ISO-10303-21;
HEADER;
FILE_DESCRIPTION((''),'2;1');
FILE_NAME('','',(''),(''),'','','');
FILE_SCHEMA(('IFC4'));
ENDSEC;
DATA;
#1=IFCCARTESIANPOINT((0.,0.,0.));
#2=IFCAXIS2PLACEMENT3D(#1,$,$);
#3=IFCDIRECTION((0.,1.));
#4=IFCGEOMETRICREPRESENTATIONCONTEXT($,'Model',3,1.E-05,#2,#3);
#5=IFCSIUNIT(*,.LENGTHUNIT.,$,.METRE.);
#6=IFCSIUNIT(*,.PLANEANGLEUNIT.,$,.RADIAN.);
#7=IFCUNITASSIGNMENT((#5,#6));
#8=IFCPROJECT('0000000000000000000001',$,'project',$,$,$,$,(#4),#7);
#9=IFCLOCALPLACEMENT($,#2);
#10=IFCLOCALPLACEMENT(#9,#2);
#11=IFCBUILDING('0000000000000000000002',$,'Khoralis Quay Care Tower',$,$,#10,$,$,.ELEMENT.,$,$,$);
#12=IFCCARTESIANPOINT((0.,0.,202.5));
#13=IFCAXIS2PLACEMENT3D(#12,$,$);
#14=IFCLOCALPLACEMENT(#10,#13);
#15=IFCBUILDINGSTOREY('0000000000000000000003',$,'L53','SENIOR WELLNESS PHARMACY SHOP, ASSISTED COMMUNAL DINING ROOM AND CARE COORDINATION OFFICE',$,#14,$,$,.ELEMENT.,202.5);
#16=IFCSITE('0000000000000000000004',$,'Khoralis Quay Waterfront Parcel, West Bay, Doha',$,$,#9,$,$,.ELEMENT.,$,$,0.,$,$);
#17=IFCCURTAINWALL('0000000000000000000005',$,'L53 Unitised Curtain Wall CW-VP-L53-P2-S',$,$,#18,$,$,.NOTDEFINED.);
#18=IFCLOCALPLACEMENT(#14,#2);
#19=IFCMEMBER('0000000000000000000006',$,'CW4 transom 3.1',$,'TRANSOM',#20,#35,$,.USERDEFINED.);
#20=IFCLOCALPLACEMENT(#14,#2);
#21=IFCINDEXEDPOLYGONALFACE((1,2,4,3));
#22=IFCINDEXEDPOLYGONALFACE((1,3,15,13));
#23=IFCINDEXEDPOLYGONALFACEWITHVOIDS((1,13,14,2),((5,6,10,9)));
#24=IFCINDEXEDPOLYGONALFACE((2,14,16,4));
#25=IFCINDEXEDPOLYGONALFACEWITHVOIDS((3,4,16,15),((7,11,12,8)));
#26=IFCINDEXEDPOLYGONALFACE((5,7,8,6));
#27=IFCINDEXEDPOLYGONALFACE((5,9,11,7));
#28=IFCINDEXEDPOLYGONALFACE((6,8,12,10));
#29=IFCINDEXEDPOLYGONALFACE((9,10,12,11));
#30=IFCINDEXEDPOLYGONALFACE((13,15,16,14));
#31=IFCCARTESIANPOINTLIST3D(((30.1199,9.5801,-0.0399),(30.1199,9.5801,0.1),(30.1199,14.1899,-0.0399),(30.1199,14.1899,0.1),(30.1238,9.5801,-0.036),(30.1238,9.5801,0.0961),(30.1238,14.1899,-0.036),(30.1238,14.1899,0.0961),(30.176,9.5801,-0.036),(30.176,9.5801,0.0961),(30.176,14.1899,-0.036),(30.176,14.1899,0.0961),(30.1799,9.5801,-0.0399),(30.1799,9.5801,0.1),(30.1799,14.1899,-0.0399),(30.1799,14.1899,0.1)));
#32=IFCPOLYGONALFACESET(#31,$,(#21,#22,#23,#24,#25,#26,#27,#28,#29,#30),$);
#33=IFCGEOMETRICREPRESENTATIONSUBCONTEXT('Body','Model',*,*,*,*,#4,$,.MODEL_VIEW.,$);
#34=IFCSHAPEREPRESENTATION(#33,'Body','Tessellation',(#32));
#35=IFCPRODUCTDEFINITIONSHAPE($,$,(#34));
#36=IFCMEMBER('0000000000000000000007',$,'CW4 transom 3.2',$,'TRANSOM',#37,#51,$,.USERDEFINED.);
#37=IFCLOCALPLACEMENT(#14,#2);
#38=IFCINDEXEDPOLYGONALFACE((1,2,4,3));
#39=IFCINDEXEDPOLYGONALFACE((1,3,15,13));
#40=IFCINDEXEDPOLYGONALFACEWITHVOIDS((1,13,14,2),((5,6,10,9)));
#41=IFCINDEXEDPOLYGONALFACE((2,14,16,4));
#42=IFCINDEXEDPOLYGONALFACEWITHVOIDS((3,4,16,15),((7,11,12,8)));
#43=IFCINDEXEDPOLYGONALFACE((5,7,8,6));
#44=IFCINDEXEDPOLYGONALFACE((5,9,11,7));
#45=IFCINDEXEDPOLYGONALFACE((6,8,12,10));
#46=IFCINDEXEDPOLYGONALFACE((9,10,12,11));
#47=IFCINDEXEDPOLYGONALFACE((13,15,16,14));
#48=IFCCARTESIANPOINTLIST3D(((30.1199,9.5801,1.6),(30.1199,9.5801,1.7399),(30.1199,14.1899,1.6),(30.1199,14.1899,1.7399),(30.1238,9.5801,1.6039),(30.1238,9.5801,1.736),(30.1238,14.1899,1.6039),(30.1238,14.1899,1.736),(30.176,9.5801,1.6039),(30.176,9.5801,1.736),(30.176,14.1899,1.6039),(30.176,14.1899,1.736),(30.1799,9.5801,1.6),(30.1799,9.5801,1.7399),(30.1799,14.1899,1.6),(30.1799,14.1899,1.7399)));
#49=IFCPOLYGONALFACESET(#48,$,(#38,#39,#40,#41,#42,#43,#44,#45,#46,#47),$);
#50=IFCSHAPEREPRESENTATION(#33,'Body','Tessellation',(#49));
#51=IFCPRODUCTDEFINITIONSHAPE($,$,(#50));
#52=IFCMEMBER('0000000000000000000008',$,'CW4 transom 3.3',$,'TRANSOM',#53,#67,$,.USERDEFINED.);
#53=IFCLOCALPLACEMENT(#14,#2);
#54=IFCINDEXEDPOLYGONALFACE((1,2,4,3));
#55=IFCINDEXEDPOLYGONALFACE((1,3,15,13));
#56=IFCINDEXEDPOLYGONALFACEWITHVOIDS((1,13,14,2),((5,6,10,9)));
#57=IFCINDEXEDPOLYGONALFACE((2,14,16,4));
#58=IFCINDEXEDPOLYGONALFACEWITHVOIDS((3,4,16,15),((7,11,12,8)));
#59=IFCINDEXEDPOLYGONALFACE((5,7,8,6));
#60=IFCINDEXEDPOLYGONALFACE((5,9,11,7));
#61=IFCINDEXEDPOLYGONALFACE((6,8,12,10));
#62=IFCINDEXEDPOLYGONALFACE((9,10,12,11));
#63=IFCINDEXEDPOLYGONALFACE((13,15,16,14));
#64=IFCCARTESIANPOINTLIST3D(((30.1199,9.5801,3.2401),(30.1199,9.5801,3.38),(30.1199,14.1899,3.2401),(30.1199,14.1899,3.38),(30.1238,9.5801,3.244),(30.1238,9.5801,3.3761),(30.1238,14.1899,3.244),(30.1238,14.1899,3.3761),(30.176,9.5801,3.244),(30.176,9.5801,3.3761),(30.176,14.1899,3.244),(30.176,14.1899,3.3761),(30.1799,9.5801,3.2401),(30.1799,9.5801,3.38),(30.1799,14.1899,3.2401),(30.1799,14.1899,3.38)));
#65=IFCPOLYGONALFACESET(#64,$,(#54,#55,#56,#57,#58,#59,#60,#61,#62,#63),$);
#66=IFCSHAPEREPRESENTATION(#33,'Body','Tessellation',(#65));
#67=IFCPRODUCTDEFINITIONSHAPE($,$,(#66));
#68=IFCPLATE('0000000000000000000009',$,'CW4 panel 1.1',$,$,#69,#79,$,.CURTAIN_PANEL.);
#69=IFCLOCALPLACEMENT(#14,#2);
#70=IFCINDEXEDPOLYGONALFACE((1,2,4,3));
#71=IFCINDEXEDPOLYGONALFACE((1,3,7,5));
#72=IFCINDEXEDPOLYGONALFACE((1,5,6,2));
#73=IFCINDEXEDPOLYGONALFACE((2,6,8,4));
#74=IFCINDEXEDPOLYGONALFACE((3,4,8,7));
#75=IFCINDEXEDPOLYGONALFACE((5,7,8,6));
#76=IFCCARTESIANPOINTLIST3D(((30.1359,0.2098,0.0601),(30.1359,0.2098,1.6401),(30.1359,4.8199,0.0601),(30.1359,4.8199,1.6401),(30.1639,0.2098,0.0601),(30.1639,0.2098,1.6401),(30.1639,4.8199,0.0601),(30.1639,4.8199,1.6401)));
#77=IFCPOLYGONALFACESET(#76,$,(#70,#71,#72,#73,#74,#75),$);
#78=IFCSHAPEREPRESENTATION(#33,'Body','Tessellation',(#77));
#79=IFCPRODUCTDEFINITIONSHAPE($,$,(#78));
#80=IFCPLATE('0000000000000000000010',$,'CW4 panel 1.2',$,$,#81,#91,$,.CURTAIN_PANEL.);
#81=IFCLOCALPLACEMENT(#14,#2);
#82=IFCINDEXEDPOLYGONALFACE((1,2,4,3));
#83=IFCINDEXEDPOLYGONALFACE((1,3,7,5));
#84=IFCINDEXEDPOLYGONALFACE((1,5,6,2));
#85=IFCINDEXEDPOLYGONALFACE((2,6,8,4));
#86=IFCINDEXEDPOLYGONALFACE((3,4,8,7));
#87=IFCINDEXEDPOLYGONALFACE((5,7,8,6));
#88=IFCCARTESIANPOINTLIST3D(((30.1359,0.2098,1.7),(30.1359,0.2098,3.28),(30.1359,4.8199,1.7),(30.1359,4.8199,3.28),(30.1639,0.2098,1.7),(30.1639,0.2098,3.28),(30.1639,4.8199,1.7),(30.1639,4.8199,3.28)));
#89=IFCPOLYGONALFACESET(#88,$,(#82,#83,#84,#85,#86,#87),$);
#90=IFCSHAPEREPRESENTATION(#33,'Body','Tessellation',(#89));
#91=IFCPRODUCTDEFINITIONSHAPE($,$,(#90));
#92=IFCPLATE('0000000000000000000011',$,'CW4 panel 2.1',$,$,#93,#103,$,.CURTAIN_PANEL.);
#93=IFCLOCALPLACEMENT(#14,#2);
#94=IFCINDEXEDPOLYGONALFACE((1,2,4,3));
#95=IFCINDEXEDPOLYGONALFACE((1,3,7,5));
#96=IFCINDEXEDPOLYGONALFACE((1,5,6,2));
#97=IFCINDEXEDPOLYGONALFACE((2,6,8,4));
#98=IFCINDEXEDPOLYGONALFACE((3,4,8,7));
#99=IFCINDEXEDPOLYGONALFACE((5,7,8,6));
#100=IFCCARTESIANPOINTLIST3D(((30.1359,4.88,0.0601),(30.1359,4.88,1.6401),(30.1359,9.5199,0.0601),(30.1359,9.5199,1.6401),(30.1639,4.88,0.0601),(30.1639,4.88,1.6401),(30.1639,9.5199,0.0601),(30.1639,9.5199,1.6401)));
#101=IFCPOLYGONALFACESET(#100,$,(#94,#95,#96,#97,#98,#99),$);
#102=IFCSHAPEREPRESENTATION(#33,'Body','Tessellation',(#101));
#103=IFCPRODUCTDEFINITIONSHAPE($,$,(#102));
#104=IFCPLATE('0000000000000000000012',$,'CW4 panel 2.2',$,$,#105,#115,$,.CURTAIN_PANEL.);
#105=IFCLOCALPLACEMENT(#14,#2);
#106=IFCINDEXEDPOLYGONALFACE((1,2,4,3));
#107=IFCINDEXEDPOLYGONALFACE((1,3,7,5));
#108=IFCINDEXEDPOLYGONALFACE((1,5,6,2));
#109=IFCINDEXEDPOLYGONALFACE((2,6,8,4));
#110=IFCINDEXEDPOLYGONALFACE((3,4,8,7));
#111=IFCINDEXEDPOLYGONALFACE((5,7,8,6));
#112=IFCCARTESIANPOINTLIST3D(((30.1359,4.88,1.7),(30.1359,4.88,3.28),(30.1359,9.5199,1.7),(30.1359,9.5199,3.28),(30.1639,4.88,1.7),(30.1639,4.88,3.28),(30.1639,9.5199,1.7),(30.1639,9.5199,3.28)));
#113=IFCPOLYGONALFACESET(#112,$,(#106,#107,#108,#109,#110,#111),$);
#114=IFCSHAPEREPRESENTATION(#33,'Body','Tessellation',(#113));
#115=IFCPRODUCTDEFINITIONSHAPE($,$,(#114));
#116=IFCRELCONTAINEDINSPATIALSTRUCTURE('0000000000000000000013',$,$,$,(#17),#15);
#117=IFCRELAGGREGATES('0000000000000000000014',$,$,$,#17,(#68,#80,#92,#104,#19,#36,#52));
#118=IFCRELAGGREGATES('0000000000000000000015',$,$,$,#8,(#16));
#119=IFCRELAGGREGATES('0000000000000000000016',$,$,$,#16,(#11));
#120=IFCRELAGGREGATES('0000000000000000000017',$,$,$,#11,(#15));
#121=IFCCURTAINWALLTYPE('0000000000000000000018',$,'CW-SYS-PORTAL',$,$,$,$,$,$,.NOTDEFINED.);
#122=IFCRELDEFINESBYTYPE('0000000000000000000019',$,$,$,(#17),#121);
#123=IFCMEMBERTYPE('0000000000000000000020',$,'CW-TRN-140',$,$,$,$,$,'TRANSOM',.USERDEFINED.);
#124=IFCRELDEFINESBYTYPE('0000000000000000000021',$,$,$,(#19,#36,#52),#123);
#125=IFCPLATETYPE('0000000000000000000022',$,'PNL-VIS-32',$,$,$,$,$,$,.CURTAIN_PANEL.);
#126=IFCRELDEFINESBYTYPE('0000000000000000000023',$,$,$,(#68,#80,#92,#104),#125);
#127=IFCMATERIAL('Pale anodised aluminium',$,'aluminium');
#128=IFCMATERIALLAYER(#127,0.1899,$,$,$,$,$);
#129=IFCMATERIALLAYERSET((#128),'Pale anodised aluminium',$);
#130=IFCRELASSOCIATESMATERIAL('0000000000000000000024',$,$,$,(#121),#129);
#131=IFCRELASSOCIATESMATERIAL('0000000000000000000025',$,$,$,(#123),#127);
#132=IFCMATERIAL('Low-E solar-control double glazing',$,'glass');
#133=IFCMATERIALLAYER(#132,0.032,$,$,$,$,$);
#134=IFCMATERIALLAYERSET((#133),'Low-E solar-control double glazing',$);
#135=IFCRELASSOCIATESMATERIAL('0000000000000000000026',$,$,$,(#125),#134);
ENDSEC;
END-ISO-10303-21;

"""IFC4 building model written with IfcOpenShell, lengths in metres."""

from ifc_helpers import new_model, si_unit, direction, frame, origin, origin_2d, place, context, subcontext, project, spatial, rectangle, hollow_rectangle, extrude, source, transform, mapped, material, layer, layer_set, material_profile, profile_set, type_object, element, aggregate, save


model = new_model("IFC4")

# Units and contexts
model_context = context("Model", 3, precision=1e-05, world=origin(), true_north=direction((0.0, 1.0)))
body_context = subcontext(model_context, "Body", "Model", "MODEL_VIEW")
ifc_project = project(units=[si_unit("LENGTHUNIT", "METRE"), si_unit("PLANEANGLEUNIT", "RADIAN")], contexts=[model_context])

# Site, building, storey
site_placement = place(None, origin())
site = spatial("IfcSite", under=ifc_project, at=site_placement, Name="Khoralis Quay Waterfront Parcel, West Bay, Doha", CompositionType="ELEMENT", RefElevation=0.0)
building_placement = place(site_placement, origin())
building = spatial("IfcBuilding", under=site, at=building_placement, Name="Khoralis Quay Care Tower", CompositionType="ELEMENT")
storey_placement = place(building_placement, frame((0.0, 0.0, 202.5)))
storey = spatial("IfcBuildingStorey", under=building, at=storey_placement, Name="L53", Description="SENIOR WELLNESS PHARMACY SHOP, ASSISTED COMMUNAL DINING ROOM AND CARE COORDINATION OFFICE", CompositionType="ELEMENT", Elevation=202.5)

# Curtain wall, members, plates
ifc_material_1 = material(Name="Pale anodised aluminium", Category="aluminium")
ifc_layer_1 = layer(ifc_material_1, 0.1899)
ifc_layer_set_1 = layer_set([ifc_layer_1], Name="Pale anodised aluminium")
curtain_wall_type = type_object("IfcCurtainWallType", Name="CW-SYS-PORTAL", PredefinedType="NOTDEFINED", material=ifc_layer_set_1)
curtain_wall_placement = place(storey_placement, origin())
curtain_wall = element("IfcCurtainWall", 1, at=curtain_wall_placement, inside=storey, type_object=curtain_wall_type, Name="L53 Unitised Curtain Wall CW-VP-L53-P2-S", PredefinedType="NOTDEFINED")
ifc_material_profile_1 = material_profile(ifc_material_1, hollow_rectangle(XDim=0.0601, YDim=0.1399, WallThickness=0.0039, at=origin_2d()), Name="Pale anodised aluminium")
ifc_profile_set_1 = profile_set([ifc_material_profile_1], Name="Pale anodised aluminium")
member_type_1 = type_object("IfcMemberType", Name="CW-TRN-140", ElementType="TRANSOM", PredefinedType="USERDEFINED", material=ifc_profile_set_1)
shared_shape_1 = source(origin(), body_context, "Body", "SweptSolid", [
    extrude(hollow_rectangle(XDim=0.0601, YDim=0.1399, WallThickness=0.0039, at=origin_2d()), origin(), (0.0, 0.0, 1.0), 4.6099),
])
member_1_placement = place(storey_placement, frame((30.1499, 9.5801, 0.03), z_axis=(0.0, 1.0, 0.0), x_axis=(-1.0, 0.0, 0.0)))
member_1 = element("IfcMember", 2, at=member_1_placement, type_object=member_type_1, Name="CW4 transom 3.1", ObjectType="TRANSOM", PredefinedType="USERDEFINED", context=body_context, shape_type="MappedRepresentation", body=[
    mapped(shared_shape_1, transform((0.0, 0.0, 0.0), scale=1.0)),
])
member_2_placement = place(storey_placement, frame((30.1499, 9.5801, 1.6699), z_axis=(0.0, 1.0, 0.0), x_axis=(-1.0, 0.0, 0.0)))
member_2 = element("IfcMember", 3, at=member_2_placement, type_object=member_type_1, Name="CW4 transom 3.2", ObjectType="TRANSOM", PredefinedType="USERDEFINED", context=body_context, shape_type="MappedRepresentation", body=[
    mapped(shared_shape_1, transform((0.0, 0.0, 0.0), scale=1.0)),
])
member_3_placement = place(storey_placement, frame((30.1499, 9.5801, 3.3101), z_axis=(0.0, 1.0, 0.0), x_axis=(-1.0, 0.0, 0.0)))
member_3 = element("IfcMember", 4, at=member_3_placement, type_object=member_type_1, Name="CW4 transom 3.3", ObjectType="TRANSOM", PredefinedType="USERDEFINED", context=body_context, shape_type="MappedRepresentation", body=[
    mapped(shared_shape_1, transform((0.0, 0.0, 0.0), scale=1.0)),
])
ifc_material_2 = material(Name="Low-E solar-control double glazing", Category="glass")
ifc_layer_2 = layer(ifc_material_2, 0.032)
ifc_layer_set_2 = layer_set([ifc_layer_2], Name="Low-E solar-control double glazing")
plate_type = type_object("IfcPlateType", Name="PNL-VIS-32", PredefinedType="CURTAIN_PANEL", material=ifc_layer_set_2)
shared_shape_2 = source(origin(), body_context, "Body", "SweptSolid", [
    extrude(rectangle(XDim=4.6101, YDim=0.0281, at=origin_2d()), origin(), (0.0, 0.0, 1.0), 1.5801),
])
plate_1_placement = place(storey_placement, frame((30.1499, 2.5149, 0.0601), z_axis=(0.0, 0.0, 1.0), x_axis=(0.0, 1.0, 0.0)))
plate_1 = element("IfcPlate", 5, at=plate_1_placement, type_object=plate_type, Name="CW4 panel 1.1", PredefinedType="CURTAIN_PANEL", context=body_context, shape_type="MappedRepresentation", body=[
    mapped(shared_shape_2, transform((0.0, 0.0, 0.0), scale=1.0)),
])
plate_2_placement = place(storey_placement, frame((30.1499, 2.5149, 1.7), z_axis=(0.0, 0.0, 1.0), x_axis=(0.0, 1.0, 0.0)))
plate_2 = element("IfcPlate", 6, at=plate_2_placement, type_object=plate_type, Name="CW4 panel 1.2", PredefinedType="CURTAIN_PANEL", context=body_context, shape_type="MappedRepresentation", body=[
    mapped(shared_shape_2, transform((0.0, 0.0, 0.0), scale=1.0)),
])
shared_shape_3 = source(origin(), body_context, "Body", "SweptSolid", [
    extrude(rectangle(XDim=4.6399, YDim=0.0281, at=origin_2d()), origin(), (0.0, 0.0, 1.0), 1.5801),
])
plate_3_placement = place(storey_placement, frame((30.1499, 7.2, 0.0601), z_axis=(0.0, 0.0, 1.0), x_axis=(0.0, 1.0, 0.0)))
plate_3 = element("IfcPlate", 7, at=plate_3_placement, type_object=plate_type, Name="CW4 panel 2.1", PredefinedType="CURTAIN_PANEL", context=body_context, shape_type="MappedRepresentation", body=[
    mapped(shared_shape_3, transform((0.0, 0.0, 0.0), scale=1.0)),
])
plate_4_placement = place(storey_placement, frame((30.1499, 7.2, 1.7), z_axis=(0.0, 0.0, 1.0), x_axis=(0.0, 1.0, 0.0)))
plate_4 = element("IfcPlate", 8, at=plate_4_placement, type_object=plate_type, Name="CW4 panel 2.2", PredefinedType="CURTAIN_PANEL", context=body_context, shape_type="MappedRepresentation", body=[
    mapped(shared_shape_3, transform((0.0, 0.0, 0.0), scale=1.0)),
])
aggregate(curtain_wall, [plate_1, plate_2, plate_3, plate_4, member_1, member_2, member_3])

save(model, "model.ifc")
